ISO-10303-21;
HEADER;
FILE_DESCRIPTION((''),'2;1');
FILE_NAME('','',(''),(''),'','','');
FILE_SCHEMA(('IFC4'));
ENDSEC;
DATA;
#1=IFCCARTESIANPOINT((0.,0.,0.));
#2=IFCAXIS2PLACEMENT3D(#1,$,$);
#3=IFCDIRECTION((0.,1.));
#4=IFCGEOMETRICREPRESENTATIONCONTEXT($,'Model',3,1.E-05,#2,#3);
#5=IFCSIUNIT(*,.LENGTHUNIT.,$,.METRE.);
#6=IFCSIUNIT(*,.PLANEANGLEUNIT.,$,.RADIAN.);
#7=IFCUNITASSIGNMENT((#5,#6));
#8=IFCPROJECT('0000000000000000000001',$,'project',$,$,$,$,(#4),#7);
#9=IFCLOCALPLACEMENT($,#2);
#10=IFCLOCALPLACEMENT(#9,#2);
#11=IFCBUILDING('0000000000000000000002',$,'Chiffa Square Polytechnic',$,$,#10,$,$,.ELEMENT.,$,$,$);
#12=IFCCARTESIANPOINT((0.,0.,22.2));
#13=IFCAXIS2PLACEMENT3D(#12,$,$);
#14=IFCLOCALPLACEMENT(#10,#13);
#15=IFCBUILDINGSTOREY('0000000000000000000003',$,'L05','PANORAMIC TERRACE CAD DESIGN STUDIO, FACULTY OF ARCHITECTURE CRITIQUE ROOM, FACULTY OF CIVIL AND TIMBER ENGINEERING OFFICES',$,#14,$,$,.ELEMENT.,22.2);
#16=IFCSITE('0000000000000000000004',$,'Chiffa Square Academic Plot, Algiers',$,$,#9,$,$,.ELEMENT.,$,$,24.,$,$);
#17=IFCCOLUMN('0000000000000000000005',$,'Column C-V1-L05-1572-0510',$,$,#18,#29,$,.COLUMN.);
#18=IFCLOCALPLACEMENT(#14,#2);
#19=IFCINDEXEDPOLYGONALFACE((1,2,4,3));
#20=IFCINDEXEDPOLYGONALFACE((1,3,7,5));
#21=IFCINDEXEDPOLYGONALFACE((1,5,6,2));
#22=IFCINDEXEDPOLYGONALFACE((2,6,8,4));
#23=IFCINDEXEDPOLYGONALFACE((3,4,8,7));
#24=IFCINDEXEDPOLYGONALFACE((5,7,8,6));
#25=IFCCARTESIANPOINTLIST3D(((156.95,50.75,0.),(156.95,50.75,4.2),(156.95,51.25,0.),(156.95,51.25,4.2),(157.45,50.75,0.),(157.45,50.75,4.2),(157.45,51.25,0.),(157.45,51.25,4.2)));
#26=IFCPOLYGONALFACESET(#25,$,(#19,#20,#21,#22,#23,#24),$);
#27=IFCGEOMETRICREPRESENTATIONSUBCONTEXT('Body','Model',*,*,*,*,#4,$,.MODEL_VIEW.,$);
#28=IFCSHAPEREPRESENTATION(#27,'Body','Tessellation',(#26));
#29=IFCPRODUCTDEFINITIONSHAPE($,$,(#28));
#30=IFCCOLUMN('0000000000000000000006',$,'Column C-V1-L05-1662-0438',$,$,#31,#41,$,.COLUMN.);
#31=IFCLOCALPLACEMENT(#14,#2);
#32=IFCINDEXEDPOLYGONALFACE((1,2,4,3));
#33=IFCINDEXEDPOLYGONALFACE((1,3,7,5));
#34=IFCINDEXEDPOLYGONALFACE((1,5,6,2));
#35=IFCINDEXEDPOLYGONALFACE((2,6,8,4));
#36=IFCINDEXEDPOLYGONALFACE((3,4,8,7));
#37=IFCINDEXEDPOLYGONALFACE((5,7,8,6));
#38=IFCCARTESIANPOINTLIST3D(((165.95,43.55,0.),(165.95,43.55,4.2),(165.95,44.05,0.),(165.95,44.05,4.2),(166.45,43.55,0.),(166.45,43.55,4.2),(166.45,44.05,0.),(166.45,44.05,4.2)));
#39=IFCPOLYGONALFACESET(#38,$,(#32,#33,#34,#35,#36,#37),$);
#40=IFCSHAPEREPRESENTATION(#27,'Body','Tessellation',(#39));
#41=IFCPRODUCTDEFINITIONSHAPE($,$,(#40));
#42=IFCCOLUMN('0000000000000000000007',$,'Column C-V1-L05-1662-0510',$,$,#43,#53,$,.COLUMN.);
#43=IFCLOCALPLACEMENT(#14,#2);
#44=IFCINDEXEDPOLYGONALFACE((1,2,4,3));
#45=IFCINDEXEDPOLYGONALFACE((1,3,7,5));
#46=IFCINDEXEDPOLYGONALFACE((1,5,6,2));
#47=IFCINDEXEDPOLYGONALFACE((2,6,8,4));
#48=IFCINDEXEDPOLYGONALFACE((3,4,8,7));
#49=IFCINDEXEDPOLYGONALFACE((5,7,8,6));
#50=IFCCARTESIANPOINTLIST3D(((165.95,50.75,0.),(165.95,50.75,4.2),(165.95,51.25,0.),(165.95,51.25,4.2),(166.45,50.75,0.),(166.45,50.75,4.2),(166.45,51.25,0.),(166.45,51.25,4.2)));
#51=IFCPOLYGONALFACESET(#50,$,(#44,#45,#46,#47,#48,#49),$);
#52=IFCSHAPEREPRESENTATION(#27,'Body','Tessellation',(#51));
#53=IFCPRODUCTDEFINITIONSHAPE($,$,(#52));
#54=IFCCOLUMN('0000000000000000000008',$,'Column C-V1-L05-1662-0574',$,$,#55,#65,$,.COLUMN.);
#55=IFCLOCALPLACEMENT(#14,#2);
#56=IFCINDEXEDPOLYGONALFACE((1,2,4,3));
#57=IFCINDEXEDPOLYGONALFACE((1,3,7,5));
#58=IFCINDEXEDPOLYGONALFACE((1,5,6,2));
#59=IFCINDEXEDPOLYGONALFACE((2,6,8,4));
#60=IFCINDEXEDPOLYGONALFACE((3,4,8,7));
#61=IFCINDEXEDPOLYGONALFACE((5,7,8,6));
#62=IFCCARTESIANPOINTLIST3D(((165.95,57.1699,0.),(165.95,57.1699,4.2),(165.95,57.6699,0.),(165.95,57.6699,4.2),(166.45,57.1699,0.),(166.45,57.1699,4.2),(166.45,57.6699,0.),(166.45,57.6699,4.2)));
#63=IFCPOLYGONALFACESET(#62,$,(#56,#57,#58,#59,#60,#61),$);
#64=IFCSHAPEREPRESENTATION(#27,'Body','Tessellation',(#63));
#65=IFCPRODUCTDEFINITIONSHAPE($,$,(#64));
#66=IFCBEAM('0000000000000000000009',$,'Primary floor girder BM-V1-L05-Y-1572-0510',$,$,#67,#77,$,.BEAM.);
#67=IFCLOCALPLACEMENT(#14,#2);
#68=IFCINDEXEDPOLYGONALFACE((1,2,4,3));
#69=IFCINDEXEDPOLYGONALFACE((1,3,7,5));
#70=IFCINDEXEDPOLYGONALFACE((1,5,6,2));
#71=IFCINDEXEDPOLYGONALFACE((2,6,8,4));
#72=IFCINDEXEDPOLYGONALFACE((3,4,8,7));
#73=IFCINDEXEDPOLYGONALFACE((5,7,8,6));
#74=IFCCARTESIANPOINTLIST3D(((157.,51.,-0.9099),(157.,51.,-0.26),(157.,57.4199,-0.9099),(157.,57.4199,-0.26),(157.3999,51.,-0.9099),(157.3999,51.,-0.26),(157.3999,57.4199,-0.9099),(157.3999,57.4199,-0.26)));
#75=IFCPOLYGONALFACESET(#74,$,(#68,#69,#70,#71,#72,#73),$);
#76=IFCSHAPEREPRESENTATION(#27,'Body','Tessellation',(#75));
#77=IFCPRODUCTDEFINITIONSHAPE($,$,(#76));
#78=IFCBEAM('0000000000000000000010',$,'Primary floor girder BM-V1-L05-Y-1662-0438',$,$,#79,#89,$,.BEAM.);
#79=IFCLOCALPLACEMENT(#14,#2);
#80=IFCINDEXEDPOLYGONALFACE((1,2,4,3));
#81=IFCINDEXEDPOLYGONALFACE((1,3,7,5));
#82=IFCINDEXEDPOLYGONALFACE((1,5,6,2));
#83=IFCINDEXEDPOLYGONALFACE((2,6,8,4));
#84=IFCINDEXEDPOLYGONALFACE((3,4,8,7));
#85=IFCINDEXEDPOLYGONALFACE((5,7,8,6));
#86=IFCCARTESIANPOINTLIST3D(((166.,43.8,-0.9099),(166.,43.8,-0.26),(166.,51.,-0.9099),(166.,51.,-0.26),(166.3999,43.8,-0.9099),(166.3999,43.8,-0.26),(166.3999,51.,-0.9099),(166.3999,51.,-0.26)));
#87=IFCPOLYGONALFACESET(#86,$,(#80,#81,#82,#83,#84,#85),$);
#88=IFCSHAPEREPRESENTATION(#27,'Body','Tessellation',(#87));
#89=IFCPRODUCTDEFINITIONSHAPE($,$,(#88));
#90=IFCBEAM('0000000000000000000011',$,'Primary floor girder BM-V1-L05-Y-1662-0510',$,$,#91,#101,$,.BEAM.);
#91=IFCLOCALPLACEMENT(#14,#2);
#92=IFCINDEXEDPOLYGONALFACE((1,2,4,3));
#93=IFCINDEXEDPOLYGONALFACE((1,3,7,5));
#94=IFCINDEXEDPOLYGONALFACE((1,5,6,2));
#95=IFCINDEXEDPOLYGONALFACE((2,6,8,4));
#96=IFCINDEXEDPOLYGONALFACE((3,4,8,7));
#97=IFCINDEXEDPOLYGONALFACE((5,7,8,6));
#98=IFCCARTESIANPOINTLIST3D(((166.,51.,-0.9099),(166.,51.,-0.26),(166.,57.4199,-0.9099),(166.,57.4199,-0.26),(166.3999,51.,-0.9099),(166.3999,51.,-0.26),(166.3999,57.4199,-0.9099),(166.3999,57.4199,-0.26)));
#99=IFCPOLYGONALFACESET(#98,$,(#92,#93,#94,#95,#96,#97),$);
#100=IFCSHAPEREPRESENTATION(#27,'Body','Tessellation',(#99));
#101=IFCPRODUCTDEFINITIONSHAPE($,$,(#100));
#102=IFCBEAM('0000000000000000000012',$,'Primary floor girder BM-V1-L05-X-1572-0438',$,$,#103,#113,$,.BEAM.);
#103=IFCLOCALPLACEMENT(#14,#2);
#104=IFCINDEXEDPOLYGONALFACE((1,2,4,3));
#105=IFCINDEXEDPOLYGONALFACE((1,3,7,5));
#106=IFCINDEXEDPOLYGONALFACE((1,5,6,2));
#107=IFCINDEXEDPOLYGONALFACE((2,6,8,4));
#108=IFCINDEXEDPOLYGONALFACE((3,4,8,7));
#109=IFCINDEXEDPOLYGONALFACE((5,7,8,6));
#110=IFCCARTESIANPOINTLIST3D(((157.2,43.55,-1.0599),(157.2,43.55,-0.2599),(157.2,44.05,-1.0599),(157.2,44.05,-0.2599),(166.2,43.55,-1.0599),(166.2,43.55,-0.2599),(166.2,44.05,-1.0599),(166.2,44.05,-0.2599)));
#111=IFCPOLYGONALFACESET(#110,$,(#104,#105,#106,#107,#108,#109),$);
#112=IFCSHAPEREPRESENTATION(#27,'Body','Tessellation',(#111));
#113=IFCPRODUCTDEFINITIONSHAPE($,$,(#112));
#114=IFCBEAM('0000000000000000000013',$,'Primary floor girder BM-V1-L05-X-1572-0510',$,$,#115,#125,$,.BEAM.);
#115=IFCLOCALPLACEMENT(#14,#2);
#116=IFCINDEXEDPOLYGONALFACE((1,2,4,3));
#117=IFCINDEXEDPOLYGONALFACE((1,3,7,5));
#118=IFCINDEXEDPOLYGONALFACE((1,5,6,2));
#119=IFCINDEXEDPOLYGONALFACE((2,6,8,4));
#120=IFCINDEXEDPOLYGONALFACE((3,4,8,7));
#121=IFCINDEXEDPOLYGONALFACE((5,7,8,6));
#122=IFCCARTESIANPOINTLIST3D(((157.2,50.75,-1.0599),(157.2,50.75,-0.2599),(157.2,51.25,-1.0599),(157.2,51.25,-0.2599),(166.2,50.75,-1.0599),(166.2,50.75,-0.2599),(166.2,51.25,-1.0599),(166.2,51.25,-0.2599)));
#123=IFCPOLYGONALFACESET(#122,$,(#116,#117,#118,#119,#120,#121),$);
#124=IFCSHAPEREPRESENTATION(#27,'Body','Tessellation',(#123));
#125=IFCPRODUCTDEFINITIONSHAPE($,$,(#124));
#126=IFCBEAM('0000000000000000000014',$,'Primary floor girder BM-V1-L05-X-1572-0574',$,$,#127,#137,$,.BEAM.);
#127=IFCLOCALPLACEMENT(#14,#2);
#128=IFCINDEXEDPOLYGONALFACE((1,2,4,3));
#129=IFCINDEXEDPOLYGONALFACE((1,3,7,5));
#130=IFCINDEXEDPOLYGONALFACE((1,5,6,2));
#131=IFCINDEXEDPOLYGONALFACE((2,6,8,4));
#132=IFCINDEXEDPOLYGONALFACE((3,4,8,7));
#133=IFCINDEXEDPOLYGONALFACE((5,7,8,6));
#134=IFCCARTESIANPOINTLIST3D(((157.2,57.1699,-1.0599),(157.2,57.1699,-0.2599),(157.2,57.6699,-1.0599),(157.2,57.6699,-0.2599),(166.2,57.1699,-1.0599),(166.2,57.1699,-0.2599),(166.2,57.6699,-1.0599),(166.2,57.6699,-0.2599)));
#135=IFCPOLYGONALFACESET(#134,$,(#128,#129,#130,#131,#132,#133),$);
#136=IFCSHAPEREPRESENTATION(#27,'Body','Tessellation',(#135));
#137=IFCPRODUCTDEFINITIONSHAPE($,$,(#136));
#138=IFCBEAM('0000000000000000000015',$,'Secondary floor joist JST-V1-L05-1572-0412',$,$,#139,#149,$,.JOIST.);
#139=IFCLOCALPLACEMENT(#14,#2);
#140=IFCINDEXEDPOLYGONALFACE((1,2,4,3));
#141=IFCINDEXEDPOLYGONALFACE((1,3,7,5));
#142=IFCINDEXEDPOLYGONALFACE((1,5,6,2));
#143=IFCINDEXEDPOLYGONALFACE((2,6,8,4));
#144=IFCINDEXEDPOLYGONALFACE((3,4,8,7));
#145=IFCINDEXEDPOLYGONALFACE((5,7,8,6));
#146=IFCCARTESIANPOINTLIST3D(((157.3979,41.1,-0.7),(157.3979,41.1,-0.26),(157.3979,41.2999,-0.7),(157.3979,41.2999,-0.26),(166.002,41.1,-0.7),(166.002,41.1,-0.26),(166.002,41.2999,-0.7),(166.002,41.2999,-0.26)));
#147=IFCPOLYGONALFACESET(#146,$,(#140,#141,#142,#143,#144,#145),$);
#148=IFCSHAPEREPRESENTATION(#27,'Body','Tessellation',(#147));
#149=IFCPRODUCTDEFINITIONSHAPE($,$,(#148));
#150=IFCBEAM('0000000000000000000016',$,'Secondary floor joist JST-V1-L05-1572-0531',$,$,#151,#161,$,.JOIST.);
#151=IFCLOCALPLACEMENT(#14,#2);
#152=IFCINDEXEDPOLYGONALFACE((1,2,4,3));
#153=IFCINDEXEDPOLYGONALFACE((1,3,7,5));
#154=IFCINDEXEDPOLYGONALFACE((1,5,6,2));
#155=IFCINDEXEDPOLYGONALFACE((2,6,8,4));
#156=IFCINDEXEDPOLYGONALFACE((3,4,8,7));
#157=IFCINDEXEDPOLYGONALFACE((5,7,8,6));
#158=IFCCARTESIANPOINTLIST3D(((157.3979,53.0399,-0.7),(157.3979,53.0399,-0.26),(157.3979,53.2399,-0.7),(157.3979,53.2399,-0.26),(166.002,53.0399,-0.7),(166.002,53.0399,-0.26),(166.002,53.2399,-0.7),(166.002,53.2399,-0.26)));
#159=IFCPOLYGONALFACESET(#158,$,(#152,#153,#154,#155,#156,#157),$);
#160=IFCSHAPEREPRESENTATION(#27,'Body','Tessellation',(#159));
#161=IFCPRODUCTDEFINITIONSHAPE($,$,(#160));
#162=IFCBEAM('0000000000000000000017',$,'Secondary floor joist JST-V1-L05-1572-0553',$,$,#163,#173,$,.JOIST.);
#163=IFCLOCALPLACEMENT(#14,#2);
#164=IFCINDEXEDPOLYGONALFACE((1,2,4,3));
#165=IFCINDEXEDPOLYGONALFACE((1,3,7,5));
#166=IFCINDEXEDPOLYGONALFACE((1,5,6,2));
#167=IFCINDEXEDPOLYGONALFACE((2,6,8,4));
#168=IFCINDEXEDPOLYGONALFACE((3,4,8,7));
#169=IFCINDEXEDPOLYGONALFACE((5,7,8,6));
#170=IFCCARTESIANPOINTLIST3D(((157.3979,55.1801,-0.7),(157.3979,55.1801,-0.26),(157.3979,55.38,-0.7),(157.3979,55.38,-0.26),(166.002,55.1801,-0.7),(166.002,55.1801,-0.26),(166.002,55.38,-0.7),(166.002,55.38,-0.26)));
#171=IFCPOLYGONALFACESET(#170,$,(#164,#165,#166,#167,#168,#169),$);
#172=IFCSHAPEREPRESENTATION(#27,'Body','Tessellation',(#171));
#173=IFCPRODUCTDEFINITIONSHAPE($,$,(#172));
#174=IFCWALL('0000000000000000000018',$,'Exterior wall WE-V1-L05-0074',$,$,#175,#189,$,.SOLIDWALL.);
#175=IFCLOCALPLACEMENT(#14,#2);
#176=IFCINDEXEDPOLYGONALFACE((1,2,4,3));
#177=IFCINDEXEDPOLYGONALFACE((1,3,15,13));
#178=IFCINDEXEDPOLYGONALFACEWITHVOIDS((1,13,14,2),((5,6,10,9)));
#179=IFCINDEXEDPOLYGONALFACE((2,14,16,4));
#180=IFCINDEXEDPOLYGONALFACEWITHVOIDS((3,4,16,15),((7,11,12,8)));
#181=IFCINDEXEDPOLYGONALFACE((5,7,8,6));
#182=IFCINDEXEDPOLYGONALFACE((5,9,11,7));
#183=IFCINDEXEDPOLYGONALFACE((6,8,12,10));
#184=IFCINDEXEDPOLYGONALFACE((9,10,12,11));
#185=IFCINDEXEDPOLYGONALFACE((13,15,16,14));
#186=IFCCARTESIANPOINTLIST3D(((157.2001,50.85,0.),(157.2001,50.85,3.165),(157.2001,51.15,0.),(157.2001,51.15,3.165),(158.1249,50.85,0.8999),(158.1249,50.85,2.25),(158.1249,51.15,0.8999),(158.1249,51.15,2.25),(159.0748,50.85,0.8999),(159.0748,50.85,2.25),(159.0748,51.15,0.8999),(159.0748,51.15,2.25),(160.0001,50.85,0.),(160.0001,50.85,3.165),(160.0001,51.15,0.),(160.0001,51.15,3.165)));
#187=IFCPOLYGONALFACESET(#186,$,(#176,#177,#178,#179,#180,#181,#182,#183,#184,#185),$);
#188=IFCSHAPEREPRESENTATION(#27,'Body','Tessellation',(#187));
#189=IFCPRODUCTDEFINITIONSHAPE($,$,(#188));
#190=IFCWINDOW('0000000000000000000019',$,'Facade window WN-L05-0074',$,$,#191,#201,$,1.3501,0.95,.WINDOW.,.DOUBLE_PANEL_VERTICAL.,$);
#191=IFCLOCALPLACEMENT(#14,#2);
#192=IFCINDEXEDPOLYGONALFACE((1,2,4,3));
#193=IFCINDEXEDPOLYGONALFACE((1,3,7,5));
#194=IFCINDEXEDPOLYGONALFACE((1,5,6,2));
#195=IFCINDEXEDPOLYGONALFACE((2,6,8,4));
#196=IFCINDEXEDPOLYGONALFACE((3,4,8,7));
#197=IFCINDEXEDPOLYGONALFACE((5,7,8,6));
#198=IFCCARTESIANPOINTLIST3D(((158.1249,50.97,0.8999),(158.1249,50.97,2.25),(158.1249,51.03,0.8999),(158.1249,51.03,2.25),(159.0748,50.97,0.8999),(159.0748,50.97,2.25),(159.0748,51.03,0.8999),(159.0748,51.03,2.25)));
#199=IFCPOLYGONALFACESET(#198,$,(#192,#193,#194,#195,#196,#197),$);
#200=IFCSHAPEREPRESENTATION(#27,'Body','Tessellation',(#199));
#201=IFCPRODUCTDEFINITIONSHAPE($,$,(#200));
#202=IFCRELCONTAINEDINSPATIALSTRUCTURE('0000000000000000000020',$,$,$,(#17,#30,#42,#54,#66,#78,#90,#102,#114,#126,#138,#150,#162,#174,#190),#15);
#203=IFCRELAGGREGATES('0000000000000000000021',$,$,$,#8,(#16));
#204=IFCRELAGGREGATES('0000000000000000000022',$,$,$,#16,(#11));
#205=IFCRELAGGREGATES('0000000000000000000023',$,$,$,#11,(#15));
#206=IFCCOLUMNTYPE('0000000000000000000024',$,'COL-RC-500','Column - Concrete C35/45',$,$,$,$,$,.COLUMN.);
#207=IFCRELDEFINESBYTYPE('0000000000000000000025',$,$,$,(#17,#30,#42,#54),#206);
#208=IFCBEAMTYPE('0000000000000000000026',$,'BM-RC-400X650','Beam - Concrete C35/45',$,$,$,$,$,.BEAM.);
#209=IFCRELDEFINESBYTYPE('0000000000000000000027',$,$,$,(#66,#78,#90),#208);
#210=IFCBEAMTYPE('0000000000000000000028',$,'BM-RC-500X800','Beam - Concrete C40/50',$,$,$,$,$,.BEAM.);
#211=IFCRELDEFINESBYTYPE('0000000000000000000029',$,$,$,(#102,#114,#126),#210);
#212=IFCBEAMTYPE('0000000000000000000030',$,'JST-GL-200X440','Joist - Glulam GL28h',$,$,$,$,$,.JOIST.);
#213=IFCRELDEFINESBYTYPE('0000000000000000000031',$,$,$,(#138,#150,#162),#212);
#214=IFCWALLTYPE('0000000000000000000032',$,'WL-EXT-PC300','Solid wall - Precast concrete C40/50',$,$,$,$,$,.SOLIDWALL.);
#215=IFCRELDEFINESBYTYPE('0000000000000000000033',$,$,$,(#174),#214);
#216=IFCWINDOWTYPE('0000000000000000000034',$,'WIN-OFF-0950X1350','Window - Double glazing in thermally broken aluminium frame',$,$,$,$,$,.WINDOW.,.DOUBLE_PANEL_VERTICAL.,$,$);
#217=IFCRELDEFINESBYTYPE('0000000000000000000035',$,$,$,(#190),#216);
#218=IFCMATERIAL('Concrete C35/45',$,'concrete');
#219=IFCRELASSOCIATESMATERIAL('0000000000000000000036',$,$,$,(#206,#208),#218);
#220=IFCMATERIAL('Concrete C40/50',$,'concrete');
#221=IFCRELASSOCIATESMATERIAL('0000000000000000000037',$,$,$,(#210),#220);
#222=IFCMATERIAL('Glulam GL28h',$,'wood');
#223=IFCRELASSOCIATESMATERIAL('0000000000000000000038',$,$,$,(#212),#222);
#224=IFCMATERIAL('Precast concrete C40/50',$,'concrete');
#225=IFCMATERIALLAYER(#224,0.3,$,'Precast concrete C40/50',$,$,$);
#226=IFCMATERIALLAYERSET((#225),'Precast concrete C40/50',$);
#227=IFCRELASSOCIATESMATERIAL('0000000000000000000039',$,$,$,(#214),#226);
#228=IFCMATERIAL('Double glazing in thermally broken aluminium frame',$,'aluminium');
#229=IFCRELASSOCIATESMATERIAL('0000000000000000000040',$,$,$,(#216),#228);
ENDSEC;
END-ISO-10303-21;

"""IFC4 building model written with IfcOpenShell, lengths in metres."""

from ifc_helpers import new_model, si_unit, direction, frame, frame_2d, origin, origin_2d, place, context, subcontext, project, spatial, rectangle, extrude, material, layer, layer_set, material_profile, profile_set, type_object, element, fill, save


model = new_model("IFC4")

# Units and contexts
model_context = context("Model", 3, precision=1e-05, world=origin(), true_north=direction((0.0, 1.0)))
body_context = subcontext(model_context, "Body", "Model", "MODEL_VIEW")
ifc_project = project(units=[si_unit("LENGTHUNIT", "METRE"), si_unit("PLANEANGLEUNIT", "RADIAN")], contexts=[model_context])

# Site, building, storey
site_placement = place(None, origin())
site = spatial("IfcSite", under=ifc_project, at=site_placement, Name="Chiffa Square Academic Plot, Algiers", CompositionType="ELEMENT", RefElevation=24.0)
building_placement = place(site_placement, origin())
building = spatial("IfcBuilding", under=site, at=building_placement, Name="Chiffa Square Polytechnic", CompositionType="ELEMENT")
storey_placement = place(building_placement, frame((0.0, 0.0, 22.2)))
storey = spatial("IfcBuildingStorey", under=building, at=storey_placement, Name="L05", Description="PANORAMIC TERRACE CAD DESIGN STUDIO, FACULTY OF ARCHITECTURE CRITIQUE ROOM, FACULTY OF CIVIL AND TIMBER ENGINEERING OFFICES", CompositionType="ELEMENT", Elevation=22.2)

# Columns
ifc_material_1 = material(Name="Concrete C35/45", Category="concrete")
ifc_material_profile_1 = material_profile(ifc_material_1, rectangle(XDim=0.5, YDim=0.5, at=origin_2d()), Name="RC 500x500")
ifc_profile_set_1 = profile_set([ifc_material_profile_1], Name="Concrete C35/45")
column_type = type_object("IfcColumnType", Name="COL-RC-500", Description="Column - Concrete C35/45", PredefinedType="COLUMN", material=ifc_profile_set_1)
for number, where, z_axis, x_axis, name in (
    (1, (157.2, 51.0, 0.0), (0.0, 0.0, 1.0), (1.0, 0.0, 0.0), "Column C-V1-L05-1572-0510"),
    (2, (166.2, 43.8, 0.0), (0.0, 0.0, 1.0), (1.0, 0.0, 0.0), "Column C-V1-L05-1662-0438"),
    (3, (166.2, 51.0, 0.0), (0.0, 0.0, 1.0), (1.0, 0.0, 0.0), "Column C-V1-L05-1662-0510"),
    (4, (166.2, 57.4199, 0.0), (0.0, 0.0, 1.0), (1.0, 0.0, 0.0), "Column C-V1-L05-1662-0574"),
):
    element("IfcColumn", number, at=place(storey_placement, frame(where, z_axis=z_axis, x_axis=x_axis)), inside=storey, type_object=column_type, Name=name, PredefinedType="COLUMN", context=body_context, shape_type="SweptSolid", body=[
        extrude(rectangle(XDim=0.5, YDim=0.5, at=origin_2d()), origin(), (0.0, 0.0, 1.0), 4.2),
    ])

# Beams
ifc_material_profile_2 = material_profile(ifc_material_1, rectangle(XDim=0.3999, YDim=0.6499, at=origin_2d()), Name="RC 400x650")
ifc_profile_set_2 = profile_set([ifc_material_profile_2], Name="Concrete C35/45")
beam_type_1 = type_object("IfcBeamType", Name="BM-RC-400X650", Description="Beam - Concrete C35/45", PredefinedType="BEAM", material=ifc_profile_set_2)
beam_1_placement = place(storey_placement, frame((157.2, 51.0, -0.585), z_axis=(0.0, 1.0, 0.0), x_axis=(-1.0, 0.0, 0.0)))
element("IfcBeam", 5, at=beam_1_placement, inside=storey, type_object=beam_type_1, Name="Primary floor girder BM-V1-L05-Y-1572-0510", PredefinedType="BEAM", context=body_context, shape_type="SweptSolid", body=[
    extrude(rectangle(XDim=0.3999, YDim=0.6499, at=origin_2d()), origin(), (0.0, 0.0, 1.0), 6.4199),
])
beam_2_placement = place(storey_placement, frame((166.2, 43.8, -0.585), z_axis=(0.0, 1.0, 0.0), x_axis=(-1.0, 0.0, 0.0)))
element("IfcBeam", 6, at=beam_2_placement, inside=storey, type_object=beam_type_1, Name="Primary floor girder BM-V1-L05-Y-1662-0438", PredefinedType="BEAM", context=body_context, shape_type="SweptSolid", body=[
    extrude(rectangle(XDim=0.3999, YDim=0.6499, at=origin_2d()), origin(), (0.0, 0.0, 1.0), 7.2),
])
beam_3_placement = place(storey_placement, frame((166.2, 51.0, -0.585), z_axis=(0.0, 1.0, 0.0), x_axis=(-1.0, 0.0, 0.0)))
element("IfcBeam", 7, at=beam_3_placement, inside=storey, type_object=beam_type_1, Name="Primary floor girder BM-V1-L05-Y-1662-0510", PredefinedType="BEAM", context=body_context, shape_type="SweptSolid", body=[
    extrude(rectangle(XDim=0.3999, YDim=0.6499, at=origin_2d()), origin(), (0.0, 0.0, 1.0), 6.4199),
])
ifc_material_2 = material(Name="Concrete C40/50", Category="concrete")
ifc_material_profile_3 = material_profile(ifc_material_2, rectangle(XDim=0.5, YDim=0.8, at=origin_2d()), Name="RC 500x800")
ifc_profile_set_3 = profile_set([ifc_material_profile_3], Name="Concrete C40/50")
beam_type_2 = type_object("IfcBeamType", Name="BM-RC-500X800", Description="Beam - Concrete C40/50", PredefinedType="BEAM", material=ifc_profile_set_3)
for number, where, z_axis, x_axis, name in (
    (8, (157.2, 43.8, -0.6599), (1.0, 0.0, 0.0), (0.0, 1.0, 0.0), "Primary floor girder BM-V1-L05-X-1572-0438"),
    (9, (157.2, 51.0, -0.6599), (1.0, 0.0, 0.0), (0.0, 1.0, 0.0), "Primary floor girder BM-V1-L05-X-1572-0510"),
    (10, (157.2, 57.4199, -0.6599), (1.0, 0.0, 0.0), (0.0, 1.0, 0.0), "Primary floor girder BM-V1-L05-X-1572-0574"),
):
    element("IfcBeam", number, at=place(storey_placement, frame(where, z_axis=z_axis, x_axis=x_axis)), inside=storey, type_object=beam_type_2, Name=name, PredefinedType="BEAM", context=body_context, shape_type="SweptSolid", body=[
        extrude(rectangle(XDim=0.5, YDim=0.8, at=origin_2d()), origin(), (0.0, 0.0, 1.0), 9.0),
    ])
ifc_material_3 = material(Name="Glulam GL28h", Category="wood")
ifc_material_profile_4 = material_profile(ifc_material_3, rectangle(XDim=0.2, YDim=0.4399, at=origin_2d()), Name="GL28h 200x440")
ifc_profile_set_4 = profile_set([ifc_material_profile_4], Name="Glulam GL28h")
beam_type_3 = type_object("IfcBeamType", Name="JST-GL-200X440", Description="Joist - Glulam GL28h", PredefinedType="JOIST", material=ifc_profile_set_4)
for number, where, z_axis, x_axis, name in (
    (11, (157.3979, 41.2, -0.48), (1.0, 0.0, 0.0), (0.0, 1.0, 0.0), "Secondary floor joist JST-V1-L05-1572-0412"),
    (12, (157.3979, 53.1399, -0.48), (1.0, 0.0, 0.0), (0.0, 1.0, 0.0), "Secondary floor joist JST-V1-L05-1572-0531"),
    (13, (157.3979, 55.28, -0.48), (1.0, 0.0, 0.0), (0.0, 1.0, 0.0), "Secondary floor joist JST-V1-L05-1572-0553"),
):
    element("IfcBeam", number, at=place(storey_placement, frame(where, z_axis=z_axis, x_axis=x_axis)), inside=storey, type_object=beam_type_3, Name=name, PredefinedType="JOIST", context=body_context, shape_type="SweptSolid", body=[
        extrude(rectangle(XDim=0.2, YDim=0.4399, at=origin_2d()), origin(), (0.0, 0.0, 1.0), 8.604),
    ])

# Wall, opening, window
ifc_material_4 = material(Name="Precast concrete C40/50", Category="concrete")
ifc_layer_1 = layer(ifc_material_4, 0.3, Name="Precast concrete C40/50")
ifc_layer_set_1 = layer_set([ifc_layer_1], Name="Precast concrete C40/50")
wall_type_1 = type_object("IfcWallType", Name="WL-EXT-PC300", Description="Solid wall - Precast concrete C40/50", PredefinedType="SOLIDWALL", material=ifc_layer_set_1)
wall_1_placement = place(storey_placement, frame((160.0, 51.0, 0.0), z_axis=(0.0, 0.0, 1.0), x_axis=(-1.0, 0.0, 0.0)))
wall_1 = element("IfcWall", 14, at=wall_1_placement, inside=storey, type_object=wall_type_1, Name="Exterior wall WE-V1-L05-0074", PredefinedType="SOLIDWALL", context=body_context, shape_type="SweptSolid", body=[
    extrude(rectangle(XDim=2.8, YDim=0.3, at=frame_2d((1.3999, 0.0))), origin(), (0.0, 0.0, 1.0), 3.165),
])
opening_1_placement = place(wall_1_placement, frame((0.925, 0.0, 0.8999)))
opening_1 = element("IfcOpeningElement", 15, at=opening_1_placement, cuts=wall_1, PredefinedType="OPENING", context=body_context, shape_type="SweptSolid", body=[
    extrude(rectangle(XDim=0.95, YDim=1.3501, at=frame_2d((0.4751, 0.675))), frame((0.0, 0.1602, 0.0), z_axis=(0.0, -1.0, 0.0), x_axis=(1.0, 0.0, 0.0)), (0.0, 0.0, 1.0), 0.3201),
])
ifc_material_5 = material(Name="Double glazing in thermally broken aluminium frame", Category="aluminium")
window_type = type_object("IfcWindowType", Name="WIN-OFF-0950X1350", Description="Window - Double glazing in thermally broken aluminium frame", PartitioningType="DOUBLE_PANEL_VERTICAL", PredefinedType="WINDOW", material=ifc_material_5)
window_placement = place(opening_1_placement, origin())
window = element("IfcWindow", 16, at=window_placement, inside=storey, type_object=window_type, Name="Facade window WN-L05-0074", OverallHeight=1.3501, OverallWidth=0.95, PartitioningType="DOUBLE_PANEL_VERTICAL", PredefinedType="WINDOW", context=body_context, shape_type="SweptSolid", body=[
    extrude(rectangle(XDim=0.95, YDim=1.3501, at=frame_2d((0.4751, 0.675))), frame((0.0, 0.03, 0.0), z_axis=(0.0, -1.0, 0.0), x_axis=(1.0, 0.0, 0.0)), (0.0, 0.0, 1.0), 0.0601),
])
fill(opening_1, window)

save(model, "model.ifc")
